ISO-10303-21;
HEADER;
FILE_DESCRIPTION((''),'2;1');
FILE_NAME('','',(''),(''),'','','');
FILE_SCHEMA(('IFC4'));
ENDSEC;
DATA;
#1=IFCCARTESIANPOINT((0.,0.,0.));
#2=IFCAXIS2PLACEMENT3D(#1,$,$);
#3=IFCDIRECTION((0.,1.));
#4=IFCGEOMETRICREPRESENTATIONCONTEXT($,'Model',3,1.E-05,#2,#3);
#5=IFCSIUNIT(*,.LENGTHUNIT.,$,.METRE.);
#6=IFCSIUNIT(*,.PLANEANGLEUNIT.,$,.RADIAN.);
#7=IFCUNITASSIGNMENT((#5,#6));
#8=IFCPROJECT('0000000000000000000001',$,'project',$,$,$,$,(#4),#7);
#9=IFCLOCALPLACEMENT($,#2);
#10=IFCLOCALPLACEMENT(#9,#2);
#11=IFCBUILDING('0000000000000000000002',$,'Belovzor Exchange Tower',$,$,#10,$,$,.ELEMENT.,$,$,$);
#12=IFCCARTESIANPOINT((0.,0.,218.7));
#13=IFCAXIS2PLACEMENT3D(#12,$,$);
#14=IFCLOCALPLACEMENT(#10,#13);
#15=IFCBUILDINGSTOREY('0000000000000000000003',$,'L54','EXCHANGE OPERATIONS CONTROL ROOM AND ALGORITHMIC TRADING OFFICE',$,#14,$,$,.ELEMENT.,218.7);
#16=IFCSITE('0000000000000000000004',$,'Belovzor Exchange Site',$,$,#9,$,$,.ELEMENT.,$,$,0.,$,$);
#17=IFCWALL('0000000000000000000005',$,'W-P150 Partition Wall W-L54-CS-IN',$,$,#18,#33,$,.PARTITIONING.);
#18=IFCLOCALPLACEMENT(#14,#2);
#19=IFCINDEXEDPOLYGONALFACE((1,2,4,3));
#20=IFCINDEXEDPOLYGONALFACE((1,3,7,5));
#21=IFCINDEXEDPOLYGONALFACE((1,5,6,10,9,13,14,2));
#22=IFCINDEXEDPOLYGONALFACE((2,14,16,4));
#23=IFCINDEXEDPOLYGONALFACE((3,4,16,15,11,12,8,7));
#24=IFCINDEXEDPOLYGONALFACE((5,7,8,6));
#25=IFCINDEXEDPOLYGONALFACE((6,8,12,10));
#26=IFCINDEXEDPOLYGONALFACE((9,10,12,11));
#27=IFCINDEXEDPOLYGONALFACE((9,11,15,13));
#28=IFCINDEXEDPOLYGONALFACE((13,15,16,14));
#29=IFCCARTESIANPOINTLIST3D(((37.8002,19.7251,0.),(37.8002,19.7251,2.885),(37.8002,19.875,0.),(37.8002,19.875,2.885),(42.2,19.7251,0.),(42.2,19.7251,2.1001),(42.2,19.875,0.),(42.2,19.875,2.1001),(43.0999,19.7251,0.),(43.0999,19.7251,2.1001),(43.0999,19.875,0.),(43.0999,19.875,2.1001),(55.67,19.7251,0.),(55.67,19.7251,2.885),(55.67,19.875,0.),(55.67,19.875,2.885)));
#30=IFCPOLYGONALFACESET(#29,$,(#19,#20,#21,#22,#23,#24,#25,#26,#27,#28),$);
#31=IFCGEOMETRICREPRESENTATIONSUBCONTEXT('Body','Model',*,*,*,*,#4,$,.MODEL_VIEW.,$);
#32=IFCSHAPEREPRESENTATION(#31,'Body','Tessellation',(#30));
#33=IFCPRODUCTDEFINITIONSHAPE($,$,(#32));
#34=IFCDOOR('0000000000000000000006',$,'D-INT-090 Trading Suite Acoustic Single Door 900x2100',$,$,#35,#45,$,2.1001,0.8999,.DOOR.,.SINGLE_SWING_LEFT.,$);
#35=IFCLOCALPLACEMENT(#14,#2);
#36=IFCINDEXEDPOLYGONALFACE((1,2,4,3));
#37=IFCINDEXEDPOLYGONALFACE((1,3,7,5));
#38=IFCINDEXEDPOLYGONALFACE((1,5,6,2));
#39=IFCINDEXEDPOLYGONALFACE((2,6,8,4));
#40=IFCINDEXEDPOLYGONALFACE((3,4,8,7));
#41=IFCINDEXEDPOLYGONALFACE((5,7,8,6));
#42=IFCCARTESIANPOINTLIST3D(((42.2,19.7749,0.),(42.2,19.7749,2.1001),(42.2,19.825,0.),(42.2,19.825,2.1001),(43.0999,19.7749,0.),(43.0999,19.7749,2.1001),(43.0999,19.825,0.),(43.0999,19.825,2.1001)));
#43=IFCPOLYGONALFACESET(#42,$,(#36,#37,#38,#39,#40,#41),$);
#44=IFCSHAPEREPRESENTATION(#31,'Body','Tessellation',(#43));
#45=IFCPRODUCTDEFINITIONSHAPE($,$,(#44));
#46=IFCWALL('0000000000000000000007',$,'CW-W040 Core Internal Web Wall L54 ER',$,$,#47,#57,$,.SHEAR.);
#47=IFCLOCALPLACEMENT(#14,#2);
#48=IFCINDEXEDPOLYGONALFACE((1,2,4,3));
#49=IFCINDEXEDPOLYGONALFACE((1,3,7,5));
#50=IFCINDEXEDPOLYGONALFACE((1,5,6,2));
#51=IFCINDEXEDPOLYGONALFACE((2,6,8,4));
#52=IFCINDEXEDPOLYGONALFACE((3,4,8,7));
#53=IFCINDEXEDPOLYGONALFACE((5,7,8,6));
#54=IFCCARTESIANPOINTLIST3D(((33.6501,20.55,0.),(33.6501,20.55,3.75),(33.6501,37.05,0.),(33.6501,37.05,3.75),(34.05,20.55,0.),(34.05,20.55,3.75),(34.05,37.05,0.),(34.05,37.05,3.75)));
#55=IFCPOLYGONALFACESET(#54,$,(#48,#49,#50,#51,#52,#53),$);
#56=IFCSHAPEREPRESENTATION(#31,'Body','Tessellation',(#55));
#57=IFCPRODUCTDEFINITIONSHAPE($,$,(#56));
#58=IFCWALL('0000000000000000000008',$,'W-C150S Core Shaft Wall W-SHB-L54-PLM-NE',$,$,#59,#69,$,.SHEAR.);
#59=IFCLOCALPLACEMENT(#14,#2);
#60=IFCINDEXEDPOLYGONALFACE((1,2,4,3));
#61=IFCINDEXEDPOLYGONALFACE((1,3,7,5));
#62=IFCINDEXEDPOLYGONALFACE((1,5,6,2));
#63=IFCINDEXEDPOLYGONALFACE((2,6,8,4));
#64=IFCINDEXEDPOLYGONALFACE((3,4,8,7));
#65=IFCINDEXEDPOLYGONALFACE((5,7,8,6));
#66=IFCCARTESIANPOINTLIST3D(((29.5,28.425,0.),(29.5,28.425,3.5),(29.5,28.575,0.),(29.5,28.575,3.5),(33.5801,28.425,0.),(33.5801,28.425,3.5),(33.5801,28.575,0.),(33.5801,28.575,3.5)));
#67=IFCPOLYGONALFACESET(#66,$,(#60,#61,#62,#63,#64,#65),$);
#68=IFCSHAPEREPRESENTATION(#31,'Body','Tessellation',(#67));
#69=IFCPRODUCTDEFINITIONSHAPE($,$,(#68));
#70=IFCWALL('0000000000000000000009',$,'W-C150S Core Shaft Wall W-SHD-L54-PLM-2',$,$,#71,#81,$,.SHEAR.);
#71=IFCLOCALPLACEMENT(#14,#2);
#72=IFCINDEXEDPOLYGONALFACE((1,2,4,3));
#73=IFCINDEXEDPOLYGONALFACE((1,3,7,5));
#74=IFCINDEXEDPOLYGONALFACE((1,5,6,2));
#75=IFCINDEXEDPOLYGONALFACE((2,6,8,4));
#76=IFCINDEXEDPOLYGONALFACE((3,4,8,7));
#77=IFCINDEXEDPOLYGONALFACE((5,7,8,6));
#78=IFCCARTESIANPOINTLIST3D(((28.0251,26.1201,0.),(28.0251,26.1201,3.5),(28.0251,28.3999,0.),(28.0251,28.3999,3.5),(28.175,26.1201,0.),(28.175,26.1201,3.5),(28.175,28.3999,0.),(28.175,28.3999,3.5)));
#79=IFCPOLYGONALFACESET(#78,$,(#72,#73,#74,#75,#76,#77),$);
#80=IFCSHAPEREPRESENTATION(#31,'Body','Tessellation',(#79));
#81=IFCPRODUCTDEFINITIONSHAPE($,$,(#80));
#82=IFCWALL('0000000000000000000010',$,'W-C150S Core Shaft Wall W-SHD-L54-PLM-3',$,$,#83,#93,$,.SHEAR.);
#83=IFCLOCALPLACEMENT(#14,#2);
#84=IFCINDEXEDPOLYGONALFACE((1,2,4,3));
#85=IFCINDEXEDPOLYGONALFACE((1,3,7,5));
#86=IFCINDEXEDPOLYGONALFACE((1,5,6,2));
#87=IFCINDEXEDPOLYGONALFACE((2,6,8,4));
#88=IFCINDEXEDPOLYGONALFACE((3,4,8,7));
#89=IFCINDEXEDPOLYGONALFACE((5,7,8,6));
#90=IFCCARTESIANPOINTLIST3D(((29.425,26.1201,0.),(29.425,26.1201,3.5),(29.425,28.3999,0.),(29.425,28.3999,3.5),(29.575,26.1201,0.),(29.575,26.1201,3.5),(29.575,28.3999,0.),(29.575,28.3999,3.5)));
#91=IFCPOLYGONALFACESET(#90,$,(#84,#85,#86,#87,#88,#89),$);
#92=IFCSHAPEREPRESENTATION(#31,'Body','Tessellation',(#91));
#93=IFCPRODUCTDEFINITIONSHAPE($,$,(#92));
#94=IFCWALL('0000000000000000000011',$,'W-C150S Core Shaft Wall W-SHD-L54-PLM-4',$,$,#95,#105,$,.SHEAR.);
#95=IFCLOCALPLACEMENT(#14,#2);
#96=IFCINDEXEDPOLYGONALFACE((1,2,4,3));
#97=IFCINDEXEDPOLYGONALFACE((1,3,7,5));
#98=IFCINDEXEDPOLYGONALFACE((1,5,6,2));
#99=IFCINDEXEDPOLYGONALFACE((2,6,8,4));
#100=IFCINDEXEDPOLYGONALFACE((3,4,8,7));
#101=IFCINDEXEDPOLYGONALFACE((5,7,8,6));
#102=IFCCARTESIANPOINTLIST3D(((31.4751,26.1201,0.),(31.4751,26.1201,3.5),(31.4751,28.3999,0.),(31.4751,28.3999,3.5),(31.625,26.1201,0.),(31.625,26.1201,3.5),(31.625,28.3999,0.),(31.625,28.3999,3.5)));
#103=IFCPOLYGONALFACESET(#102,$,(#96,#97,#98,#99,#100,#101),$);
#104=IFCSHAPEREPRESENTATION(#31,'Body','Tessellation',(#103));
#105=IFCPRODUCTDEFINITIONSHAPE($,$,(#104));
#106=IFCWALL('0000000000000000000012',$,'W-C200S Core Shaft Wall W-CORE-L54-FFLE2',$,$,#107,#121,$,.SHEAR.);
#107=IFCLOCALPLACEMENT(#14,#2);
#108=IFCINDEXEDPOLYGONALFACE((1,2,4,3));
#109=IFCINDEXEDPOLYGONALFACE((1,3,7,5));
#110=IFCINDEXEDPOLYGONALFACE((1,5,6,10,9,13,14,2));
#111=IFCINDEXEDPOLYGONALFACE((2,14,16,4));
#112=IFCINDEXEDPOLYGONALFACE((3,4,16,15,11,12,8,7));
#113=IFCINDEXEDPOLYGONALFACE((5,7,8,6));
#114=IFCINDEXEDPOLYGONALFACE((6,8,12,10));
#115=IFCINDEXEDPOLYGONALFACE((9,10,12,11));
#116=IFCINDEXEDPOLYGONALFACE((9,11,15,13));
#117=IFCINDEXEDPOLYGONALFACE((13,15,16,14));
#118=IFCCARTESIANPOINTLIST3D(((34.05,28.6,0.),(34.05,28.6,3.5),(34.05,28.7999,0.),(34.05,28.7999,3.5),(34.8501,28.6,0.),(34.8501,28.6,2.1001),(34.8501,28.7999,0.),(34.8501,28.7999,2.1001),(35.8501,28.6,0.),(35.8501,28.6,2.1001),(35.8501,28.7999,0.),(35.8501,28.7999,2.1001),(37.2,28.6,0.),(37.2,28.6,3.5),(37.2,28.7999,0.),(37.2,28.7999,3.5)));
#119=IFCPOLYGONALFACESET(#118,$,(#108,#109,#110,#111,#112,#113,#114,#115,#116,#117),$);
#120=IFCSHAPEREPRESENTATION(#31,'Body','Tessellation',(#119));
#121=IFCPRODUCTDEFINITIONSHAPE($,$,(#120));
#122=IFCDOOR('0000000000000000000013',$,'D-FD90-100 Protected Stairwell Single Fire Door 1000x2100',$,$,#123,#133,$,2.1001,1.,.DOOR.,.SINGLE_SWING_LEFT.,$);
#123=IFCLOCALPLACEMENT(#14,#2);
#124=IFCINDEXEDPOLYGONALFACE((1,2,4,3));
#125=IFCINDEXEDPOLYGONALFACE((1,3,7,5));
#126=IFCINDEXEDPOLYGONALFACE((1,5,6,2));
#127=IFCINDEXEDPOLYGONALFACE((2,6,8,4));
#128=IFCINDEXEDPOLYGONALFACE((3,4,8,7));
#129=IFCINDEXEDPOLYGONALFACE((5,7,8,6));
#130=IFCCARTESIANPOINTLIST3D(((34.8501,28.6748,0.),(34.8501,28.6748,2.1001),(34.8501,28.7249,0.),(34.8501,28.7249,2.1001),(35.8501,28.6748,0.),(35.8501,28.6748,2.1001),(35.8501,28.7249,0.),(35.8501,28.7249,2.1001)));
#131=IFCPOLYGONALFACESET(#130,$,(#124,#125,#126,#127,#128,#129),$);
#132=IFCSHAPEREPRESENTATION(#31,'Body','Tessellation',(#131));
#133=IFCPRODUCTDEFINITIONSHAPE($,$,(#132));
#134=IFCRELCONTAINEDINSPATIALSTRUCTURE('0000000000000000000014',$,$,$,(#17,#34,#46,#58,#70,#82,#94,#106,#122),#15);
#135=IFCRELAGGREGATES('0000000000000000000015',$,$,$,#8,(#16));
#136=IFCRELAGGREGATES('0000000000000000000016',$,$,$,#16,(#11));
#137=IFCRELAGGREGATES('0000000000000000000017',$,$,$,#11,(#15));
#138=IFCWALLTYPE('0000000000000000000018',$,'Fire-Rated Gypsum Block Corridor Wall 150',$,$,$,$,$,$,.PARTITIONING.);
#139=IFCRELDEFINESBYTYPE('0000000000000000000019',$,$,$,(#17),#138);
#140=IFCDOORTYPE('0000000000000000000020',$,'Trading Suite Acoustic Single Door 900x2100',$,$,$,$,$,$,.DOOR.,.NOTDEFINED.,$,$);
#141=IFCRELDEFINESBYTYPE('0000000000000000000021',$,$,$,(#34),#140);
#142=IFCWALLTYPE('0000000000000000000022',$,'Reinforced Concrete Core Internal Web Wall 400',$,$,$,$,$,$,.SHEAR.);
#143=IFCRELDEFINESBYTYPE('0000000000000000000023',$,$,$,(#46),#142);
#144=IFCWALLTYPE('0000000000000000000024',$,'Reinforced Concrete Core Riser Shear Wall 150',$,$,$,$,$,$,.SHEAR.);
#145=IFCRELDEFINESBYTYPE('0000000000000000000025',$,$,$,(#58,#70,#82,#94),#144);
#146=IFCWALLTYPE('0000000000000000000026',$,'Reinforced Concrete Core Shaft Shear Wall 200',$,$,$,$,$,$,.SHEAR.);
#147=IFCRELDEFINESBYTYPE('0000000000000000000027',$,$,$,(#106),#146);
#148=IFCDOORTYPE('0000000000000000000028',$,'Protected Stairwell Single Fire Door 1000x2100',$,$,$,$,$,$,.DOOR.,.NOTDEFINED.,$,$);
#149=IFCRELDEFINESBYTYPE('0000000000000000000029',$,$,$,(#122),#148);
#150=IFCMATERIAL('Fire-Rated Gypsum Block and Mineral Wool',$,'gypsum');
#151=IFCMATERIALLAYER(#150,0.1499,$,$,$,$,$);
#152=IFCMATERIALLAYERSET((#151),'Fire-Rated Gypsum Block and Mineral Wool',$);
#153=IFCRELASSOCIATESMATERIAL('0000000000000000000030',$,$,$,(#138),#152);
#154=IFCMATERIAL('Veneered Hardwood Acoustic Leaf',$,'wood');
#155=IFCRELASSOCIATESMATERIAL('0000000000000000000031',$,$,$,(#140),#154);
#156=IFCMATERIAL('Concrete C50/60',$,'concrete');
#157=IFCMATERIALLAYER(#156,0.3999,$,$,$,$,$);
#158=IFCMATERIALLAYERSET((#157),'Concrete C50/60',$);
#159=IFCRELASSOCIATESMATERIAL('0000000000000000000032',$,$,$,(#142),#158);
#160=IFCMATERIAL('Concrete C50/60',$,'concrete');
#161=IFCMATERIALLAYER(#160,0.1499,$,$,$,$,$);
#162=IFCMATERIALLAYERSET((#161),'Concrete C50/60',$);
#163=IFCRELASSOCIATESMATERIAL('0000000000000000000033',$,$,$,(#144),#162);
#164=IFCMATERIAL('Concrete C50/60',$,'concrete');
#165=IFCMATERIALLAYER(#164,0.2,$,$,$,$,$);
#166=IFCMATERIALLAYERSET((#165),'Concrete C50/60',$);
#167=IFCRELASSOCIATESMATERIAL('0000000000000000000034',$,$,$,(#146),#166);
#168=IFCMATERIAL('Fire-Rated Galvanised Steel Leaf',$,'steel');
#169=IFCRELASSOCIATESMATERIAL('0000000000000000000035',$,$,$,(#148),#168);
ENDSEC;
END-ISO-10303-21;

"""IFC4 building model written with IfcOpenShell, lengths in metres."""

from ifc_helpers import new_model, si_unit, direction, frame, frame_2d, origin, place, context, subcontext, project, spatial, rectangle, extrude, material, layer, layer_set, type_object, element, fill, save


model = new_model("IFC4")

# Units and contexts
model_context = context("Model", 3, precision=1e-05, world=origin(), true_north=direction((0.0, 1.0)))
body_context = subcontext(model_context, "Body", "Model", "MODEL_VIEW")
ifc_project = project(units=[si_unit("LENGTHUNIT", "METRE"), si_unit("PLANEANGLEUNIT", "RADIAN")], contexts=[model_context])

# Site, building, storey
site_placement = place(None, origin())
site = spatial("IfcSite", under=ifc_project, at=site_placement, Name="Belovzor Exchange Site", CompositionType="ELEMENT", RefElevation=0.0)
building_placement = place(site_placement, origin())
building = spatial("IfcBuilding", under=site, at=building_placement, Name="Belovzor Exchange Tower", CompositionType="ELEMENT")
storey_placement = place(building_placement, frame((0.0, 0.0, 218.7)))
storey = spatial("IfcBuildingStorey", under=building, at=storey_placement, Name="L54", Description="EXCHANGE OPERATIONS CONTROL ROOM AND ALGORITHMIC TRADING OFFICE", CompositionType="ELEMENT", Elevation=218.7)

# Shared definitions
ifc_material_1 = material(Name="Fire-Rated Gypsum Block and Mineral Wool", Category="gypsum")
ifc_layer_1 = layer(ifc_material_1, 0.1499)
ifc_layer_set_1 = layer_set([ifc_layer_1], Name="Fire-Rated Gypsum Block and Mineral Wool")
wall_type_1 = type_object("IfcWallType", Name="Fire-Rated Gypsum Block Corridor Wall 150", PredefinedType="PARTITIONING", material=ifc_layer_set_1)

# Wall, opening, door
wall_1_placement = place(storey_placement, frame((37.8, 19.8, 0.0), z_axis=(0.0, 0.0, 1.0), x_axis=(1.0, 0.0, 0.0)))
wall_1 = element("IfcWall", 1, at=wall_1_placement, inside=storey, type_object=wall_type_1, Name="W-P150 Partition Wall W-L54-CS-IN", PredefinedType="PARTITIONING", context=body_context, shape_type="SweptSolid", body=[
    extrude(rectangle(XDim=17.8699, YDim=0.1499, at=frame_2d((8.9351, 0.0))), origin(), (0.0, 0.0, 1.0), 2.885),
])
opening_1_placement = place(wall_1_placement, frame((4.3999, 0.0, 0.0)))
opening_1 = element("IfcOpeningElement", 2, at=opening_1_placement, cuts=wall_1, PredefinedType="OPENING", context=body_context, shape_type="SweptSolid", body=[
    extrude(rectangle(XDim=0.8999, YDim=2.1001, at=frame_2d((0.45, 1.05))), frame((0.0, 0.085, 0.0), z_axis=(0.0, -1.0, 0.0), x_axis=(1.0, 0.0, 0.0)), (0.0, 0.0, 1.0), 0.1699),
])
ifc_material_2 = material(Name="Veneered Hardwood Acoustic Leaf", Category="wood")
door_type_1 = type_object("IfcDoorType", Name="Trading Suite Acoustic Single Door 900x2100", OperationType="NOTDEFINED", PredefinedType="DOOR", material=ifc_material_2)
door_1_placement = place(opening_1_placement, origin())
door_1 = element("IfcDoor", 3, at=door_1_placement, inside=storey, type_object=door_type_1, Name="D-INT-090 Trading Suite Acoustic Single Door 900x2100", OperationType="SINGLE_SWING_LEFT", OverallHeight=2.1001, OverallWidth=0.8999, PredefinedType="DOOR", context=body_context, shape_type="SweptSolid", body=[
    extrude(rectangle(XDim=0.8999, YDim=2.1001, at=frame_2d((0.45, 1.05))), frame((0.0, 0.0249, 0.0), z_axis=(0.0, -1.0, 0.0), x_axis=(1.0, 0.0, 0.0)), (0.0, 0.0, 1.0), 0.05),
])
fill(opening_1, door_1)

# Walls
ifc_material_3 = material(Name="Concrete C50/60", Category="concrete")
ifc_layer_2 = layer(ifc_material_3, 0.3999)
ifc_layer_set_2 = layer_set([ifc_layer_2], Name="Concrete C50/60")
wall_type_2 = type_object("IfcWallType", Name="Reinforced Concrete Core Internal Web Wall 400", PredefinedType="SHEAR", material=ifc_layer_set_2)
wall_2_placement = place(storey_placement, frame((33.8501, 20.55, 0.0), z_axis=(0.0, 0.0, 1.0), x_axis=(0.0, 1.0, 0.0)))
element("IfcWall", 4, at=wall_2_placement, inside=storey, type_object=wall_type_2, Name="CW-W040 Core Internal Web Wall L54 ER", PredefinedType="SHEAR", context=body_context, shape_type="SweptSolid", body=[
    extrude(rectangle(XDim=16.5, YDim=0.3999, at=frame_2d((8.25, 0.0))), origin(), (0.0, 0.0, 1.0), 3.75),
])
ifc_material_4 = material(Name="Concrete C50/60", Category="concrete")
ifc_layer_3 = layer(ifc_material_4, 0.1499)
ifc_layer_set_3 = layer_set([ifc_layer_3], Name="Concrete C50/60")
wall_type_3 = type_object("IfcWallType", Name="Reinforced Concrete Core Riser Shear Wall 150", PredefinedType="SHEAR", material=ifc_layer_set_3)
wall_3_placement = place(storey_placement, frame((29.5, 28.5, 0.0), z_axis=(0.0, 0.0, 1.0), x_axis=(1.0, 0.0, 0.0)))
element("IfcWall", 5, at=wall_3_placement, inside=storey, type_object=wall_type_3, Name="W-C150S Core Shaft Wall W-SHB-L54-PLM-NE", PredefinedType="SHEAR", context=body_context, shape_type="SweptSolid", body=[
    extrude(rectangle(XDim=4.0801, YDim=0.1499, at=frame_2d((2.04, 0.0))), origin(), (0.0, 0.0, 1.0), 3.5),
])
for number, where, z_axis, x_axis, name in (
    (6, (28.1001, 26.1201, 0.0), (0.0, 0.0, 1.0), (0.0, 1.0, 0.0), "W-C150S Core Shaft Wall W-SHD-L54-PLM-2"),
    (7, (29.5, 26.1201, 0.0), (0.0, 0.0, 1.0), (0.0, 1.0, 0.0), "W-C150S Core Shaft Wall W-SHD-L54-PLM-3"),
    (8, (31.55, 26.1201, 0.0), (0.0, 0.0, 1.0), (0.0, 1.0, 0.0), "W-C150S Core Shaft Wall W-SHD-L54-PLM-4"),
):
    element("IfcWall", number, at=place(storey_placement, frame(where, z_axis=z_axis, x_axis=x_axis)), inside=storey, type_object=wall_type_3, Name=name, PredefinedType="SHEAR", context=body_context, shape_type="SweptSolid", body=[
        extrude(rectangle(XDim=2.2798, YDim=0.1499, at=frame_2d((1.1399, 0.0))), origin(), (0.0, 0.0, 1.0), 3.5),
    ])

# Wall, opening, door
ifc_material_5 = material(Name="Concrete C50/60", Category="concrete")
ifc_layer_4 = layer(ifc_material_5, 0.2)
ifc_layer_set_4 = layer_set([ifc_layer_4], Name="Concrete C50/60")
wall_type_4 = type_object("IfcWallType", Name="Reinforced Concrete Core Shaft Shear Wall 200", PredefinedType="SHEAR", material=ifc_layer_set_4)
wall_4_placement = place(storey_placement, frame((34.05, 28.7, 0.0), z_axis=(0.0, 0.0, 1.0), x_axis=(1.0, 0.0, 0.0)))
wall_4 = element("IfcWall", 9, at=wall_4_placement, inside=storey, type_object=wall_type_4, Name="W-C200S Core Shaft Wall W-CORE-L54-FFLE2", PredefinedType="SHEAR", context=body_context, shape_type="SweptSolid", body=[
    extrude(rectangle(XDim=3.1499, YDim=0.2, at=frame_2d((1.575, 0.0))), origin(), (0.0, 0.0, 1.0), 3.5),
])
opening_2_placement = place(wall_4_placement, frame((0.8, 0.0, 0.0)))
opening_2 = element("IfcOpeningElement", 10, at=opening_2_placement, cuts=wall_4, PredefinedType="OPENING", context=body_context, shape_type="SweptSolid", body=[
    extrude(rectangle(XDim=1.0, YDim=2.1001, at=frame_2d((0.5, 1.05))), frame((0.0, 0.1099, 0.0), z_axis=(0.0, -1.0, 0.0), x_axis=(1.0, 0.0, 0.0)), (0.0, 0.0, 1.0), 0.22),
])
ifc_material_6 = material(Name="Fire-Rated Galvanised Steel Leaf", Category="steel")
door_type_2 = type_object("IfcDoorType", Name="Protected Stairwell Single Fire Door 1000x2100", OperationType="NOTDEFINED", PredefinedType="DOOR", material=ifc_material_6)
door_2_placement = place(opening_2_placement, origin())
door_2 = element("IfcDoor", 11, at=door_2_placement, inside=storey, type_object=door_type_2, Name="D-FD90-100 Protected Stairwell Single Fire Door 1000x2100", OperationType="SINGLE_SWING_LEFT", OverallHeight=2.1001, OverallWidth=1.0, PredefinedType="DOOR", context=body_context, shape_type="SweptSolid", body=[
    extrude(rectangle(XDim=1.0, YDim=2.1001, at=frame_2d((0.5, 1.05))), frame((0.0, 0.0249, 0.0), z_axis=(0.0, -1.0, 0.0), x_axis=(1.0, 0.0, 0.0)), (0.0, 0.0, 1.0), 0.05),
])
fill(opening_2, door_2)

save(model, "model.ifc")
